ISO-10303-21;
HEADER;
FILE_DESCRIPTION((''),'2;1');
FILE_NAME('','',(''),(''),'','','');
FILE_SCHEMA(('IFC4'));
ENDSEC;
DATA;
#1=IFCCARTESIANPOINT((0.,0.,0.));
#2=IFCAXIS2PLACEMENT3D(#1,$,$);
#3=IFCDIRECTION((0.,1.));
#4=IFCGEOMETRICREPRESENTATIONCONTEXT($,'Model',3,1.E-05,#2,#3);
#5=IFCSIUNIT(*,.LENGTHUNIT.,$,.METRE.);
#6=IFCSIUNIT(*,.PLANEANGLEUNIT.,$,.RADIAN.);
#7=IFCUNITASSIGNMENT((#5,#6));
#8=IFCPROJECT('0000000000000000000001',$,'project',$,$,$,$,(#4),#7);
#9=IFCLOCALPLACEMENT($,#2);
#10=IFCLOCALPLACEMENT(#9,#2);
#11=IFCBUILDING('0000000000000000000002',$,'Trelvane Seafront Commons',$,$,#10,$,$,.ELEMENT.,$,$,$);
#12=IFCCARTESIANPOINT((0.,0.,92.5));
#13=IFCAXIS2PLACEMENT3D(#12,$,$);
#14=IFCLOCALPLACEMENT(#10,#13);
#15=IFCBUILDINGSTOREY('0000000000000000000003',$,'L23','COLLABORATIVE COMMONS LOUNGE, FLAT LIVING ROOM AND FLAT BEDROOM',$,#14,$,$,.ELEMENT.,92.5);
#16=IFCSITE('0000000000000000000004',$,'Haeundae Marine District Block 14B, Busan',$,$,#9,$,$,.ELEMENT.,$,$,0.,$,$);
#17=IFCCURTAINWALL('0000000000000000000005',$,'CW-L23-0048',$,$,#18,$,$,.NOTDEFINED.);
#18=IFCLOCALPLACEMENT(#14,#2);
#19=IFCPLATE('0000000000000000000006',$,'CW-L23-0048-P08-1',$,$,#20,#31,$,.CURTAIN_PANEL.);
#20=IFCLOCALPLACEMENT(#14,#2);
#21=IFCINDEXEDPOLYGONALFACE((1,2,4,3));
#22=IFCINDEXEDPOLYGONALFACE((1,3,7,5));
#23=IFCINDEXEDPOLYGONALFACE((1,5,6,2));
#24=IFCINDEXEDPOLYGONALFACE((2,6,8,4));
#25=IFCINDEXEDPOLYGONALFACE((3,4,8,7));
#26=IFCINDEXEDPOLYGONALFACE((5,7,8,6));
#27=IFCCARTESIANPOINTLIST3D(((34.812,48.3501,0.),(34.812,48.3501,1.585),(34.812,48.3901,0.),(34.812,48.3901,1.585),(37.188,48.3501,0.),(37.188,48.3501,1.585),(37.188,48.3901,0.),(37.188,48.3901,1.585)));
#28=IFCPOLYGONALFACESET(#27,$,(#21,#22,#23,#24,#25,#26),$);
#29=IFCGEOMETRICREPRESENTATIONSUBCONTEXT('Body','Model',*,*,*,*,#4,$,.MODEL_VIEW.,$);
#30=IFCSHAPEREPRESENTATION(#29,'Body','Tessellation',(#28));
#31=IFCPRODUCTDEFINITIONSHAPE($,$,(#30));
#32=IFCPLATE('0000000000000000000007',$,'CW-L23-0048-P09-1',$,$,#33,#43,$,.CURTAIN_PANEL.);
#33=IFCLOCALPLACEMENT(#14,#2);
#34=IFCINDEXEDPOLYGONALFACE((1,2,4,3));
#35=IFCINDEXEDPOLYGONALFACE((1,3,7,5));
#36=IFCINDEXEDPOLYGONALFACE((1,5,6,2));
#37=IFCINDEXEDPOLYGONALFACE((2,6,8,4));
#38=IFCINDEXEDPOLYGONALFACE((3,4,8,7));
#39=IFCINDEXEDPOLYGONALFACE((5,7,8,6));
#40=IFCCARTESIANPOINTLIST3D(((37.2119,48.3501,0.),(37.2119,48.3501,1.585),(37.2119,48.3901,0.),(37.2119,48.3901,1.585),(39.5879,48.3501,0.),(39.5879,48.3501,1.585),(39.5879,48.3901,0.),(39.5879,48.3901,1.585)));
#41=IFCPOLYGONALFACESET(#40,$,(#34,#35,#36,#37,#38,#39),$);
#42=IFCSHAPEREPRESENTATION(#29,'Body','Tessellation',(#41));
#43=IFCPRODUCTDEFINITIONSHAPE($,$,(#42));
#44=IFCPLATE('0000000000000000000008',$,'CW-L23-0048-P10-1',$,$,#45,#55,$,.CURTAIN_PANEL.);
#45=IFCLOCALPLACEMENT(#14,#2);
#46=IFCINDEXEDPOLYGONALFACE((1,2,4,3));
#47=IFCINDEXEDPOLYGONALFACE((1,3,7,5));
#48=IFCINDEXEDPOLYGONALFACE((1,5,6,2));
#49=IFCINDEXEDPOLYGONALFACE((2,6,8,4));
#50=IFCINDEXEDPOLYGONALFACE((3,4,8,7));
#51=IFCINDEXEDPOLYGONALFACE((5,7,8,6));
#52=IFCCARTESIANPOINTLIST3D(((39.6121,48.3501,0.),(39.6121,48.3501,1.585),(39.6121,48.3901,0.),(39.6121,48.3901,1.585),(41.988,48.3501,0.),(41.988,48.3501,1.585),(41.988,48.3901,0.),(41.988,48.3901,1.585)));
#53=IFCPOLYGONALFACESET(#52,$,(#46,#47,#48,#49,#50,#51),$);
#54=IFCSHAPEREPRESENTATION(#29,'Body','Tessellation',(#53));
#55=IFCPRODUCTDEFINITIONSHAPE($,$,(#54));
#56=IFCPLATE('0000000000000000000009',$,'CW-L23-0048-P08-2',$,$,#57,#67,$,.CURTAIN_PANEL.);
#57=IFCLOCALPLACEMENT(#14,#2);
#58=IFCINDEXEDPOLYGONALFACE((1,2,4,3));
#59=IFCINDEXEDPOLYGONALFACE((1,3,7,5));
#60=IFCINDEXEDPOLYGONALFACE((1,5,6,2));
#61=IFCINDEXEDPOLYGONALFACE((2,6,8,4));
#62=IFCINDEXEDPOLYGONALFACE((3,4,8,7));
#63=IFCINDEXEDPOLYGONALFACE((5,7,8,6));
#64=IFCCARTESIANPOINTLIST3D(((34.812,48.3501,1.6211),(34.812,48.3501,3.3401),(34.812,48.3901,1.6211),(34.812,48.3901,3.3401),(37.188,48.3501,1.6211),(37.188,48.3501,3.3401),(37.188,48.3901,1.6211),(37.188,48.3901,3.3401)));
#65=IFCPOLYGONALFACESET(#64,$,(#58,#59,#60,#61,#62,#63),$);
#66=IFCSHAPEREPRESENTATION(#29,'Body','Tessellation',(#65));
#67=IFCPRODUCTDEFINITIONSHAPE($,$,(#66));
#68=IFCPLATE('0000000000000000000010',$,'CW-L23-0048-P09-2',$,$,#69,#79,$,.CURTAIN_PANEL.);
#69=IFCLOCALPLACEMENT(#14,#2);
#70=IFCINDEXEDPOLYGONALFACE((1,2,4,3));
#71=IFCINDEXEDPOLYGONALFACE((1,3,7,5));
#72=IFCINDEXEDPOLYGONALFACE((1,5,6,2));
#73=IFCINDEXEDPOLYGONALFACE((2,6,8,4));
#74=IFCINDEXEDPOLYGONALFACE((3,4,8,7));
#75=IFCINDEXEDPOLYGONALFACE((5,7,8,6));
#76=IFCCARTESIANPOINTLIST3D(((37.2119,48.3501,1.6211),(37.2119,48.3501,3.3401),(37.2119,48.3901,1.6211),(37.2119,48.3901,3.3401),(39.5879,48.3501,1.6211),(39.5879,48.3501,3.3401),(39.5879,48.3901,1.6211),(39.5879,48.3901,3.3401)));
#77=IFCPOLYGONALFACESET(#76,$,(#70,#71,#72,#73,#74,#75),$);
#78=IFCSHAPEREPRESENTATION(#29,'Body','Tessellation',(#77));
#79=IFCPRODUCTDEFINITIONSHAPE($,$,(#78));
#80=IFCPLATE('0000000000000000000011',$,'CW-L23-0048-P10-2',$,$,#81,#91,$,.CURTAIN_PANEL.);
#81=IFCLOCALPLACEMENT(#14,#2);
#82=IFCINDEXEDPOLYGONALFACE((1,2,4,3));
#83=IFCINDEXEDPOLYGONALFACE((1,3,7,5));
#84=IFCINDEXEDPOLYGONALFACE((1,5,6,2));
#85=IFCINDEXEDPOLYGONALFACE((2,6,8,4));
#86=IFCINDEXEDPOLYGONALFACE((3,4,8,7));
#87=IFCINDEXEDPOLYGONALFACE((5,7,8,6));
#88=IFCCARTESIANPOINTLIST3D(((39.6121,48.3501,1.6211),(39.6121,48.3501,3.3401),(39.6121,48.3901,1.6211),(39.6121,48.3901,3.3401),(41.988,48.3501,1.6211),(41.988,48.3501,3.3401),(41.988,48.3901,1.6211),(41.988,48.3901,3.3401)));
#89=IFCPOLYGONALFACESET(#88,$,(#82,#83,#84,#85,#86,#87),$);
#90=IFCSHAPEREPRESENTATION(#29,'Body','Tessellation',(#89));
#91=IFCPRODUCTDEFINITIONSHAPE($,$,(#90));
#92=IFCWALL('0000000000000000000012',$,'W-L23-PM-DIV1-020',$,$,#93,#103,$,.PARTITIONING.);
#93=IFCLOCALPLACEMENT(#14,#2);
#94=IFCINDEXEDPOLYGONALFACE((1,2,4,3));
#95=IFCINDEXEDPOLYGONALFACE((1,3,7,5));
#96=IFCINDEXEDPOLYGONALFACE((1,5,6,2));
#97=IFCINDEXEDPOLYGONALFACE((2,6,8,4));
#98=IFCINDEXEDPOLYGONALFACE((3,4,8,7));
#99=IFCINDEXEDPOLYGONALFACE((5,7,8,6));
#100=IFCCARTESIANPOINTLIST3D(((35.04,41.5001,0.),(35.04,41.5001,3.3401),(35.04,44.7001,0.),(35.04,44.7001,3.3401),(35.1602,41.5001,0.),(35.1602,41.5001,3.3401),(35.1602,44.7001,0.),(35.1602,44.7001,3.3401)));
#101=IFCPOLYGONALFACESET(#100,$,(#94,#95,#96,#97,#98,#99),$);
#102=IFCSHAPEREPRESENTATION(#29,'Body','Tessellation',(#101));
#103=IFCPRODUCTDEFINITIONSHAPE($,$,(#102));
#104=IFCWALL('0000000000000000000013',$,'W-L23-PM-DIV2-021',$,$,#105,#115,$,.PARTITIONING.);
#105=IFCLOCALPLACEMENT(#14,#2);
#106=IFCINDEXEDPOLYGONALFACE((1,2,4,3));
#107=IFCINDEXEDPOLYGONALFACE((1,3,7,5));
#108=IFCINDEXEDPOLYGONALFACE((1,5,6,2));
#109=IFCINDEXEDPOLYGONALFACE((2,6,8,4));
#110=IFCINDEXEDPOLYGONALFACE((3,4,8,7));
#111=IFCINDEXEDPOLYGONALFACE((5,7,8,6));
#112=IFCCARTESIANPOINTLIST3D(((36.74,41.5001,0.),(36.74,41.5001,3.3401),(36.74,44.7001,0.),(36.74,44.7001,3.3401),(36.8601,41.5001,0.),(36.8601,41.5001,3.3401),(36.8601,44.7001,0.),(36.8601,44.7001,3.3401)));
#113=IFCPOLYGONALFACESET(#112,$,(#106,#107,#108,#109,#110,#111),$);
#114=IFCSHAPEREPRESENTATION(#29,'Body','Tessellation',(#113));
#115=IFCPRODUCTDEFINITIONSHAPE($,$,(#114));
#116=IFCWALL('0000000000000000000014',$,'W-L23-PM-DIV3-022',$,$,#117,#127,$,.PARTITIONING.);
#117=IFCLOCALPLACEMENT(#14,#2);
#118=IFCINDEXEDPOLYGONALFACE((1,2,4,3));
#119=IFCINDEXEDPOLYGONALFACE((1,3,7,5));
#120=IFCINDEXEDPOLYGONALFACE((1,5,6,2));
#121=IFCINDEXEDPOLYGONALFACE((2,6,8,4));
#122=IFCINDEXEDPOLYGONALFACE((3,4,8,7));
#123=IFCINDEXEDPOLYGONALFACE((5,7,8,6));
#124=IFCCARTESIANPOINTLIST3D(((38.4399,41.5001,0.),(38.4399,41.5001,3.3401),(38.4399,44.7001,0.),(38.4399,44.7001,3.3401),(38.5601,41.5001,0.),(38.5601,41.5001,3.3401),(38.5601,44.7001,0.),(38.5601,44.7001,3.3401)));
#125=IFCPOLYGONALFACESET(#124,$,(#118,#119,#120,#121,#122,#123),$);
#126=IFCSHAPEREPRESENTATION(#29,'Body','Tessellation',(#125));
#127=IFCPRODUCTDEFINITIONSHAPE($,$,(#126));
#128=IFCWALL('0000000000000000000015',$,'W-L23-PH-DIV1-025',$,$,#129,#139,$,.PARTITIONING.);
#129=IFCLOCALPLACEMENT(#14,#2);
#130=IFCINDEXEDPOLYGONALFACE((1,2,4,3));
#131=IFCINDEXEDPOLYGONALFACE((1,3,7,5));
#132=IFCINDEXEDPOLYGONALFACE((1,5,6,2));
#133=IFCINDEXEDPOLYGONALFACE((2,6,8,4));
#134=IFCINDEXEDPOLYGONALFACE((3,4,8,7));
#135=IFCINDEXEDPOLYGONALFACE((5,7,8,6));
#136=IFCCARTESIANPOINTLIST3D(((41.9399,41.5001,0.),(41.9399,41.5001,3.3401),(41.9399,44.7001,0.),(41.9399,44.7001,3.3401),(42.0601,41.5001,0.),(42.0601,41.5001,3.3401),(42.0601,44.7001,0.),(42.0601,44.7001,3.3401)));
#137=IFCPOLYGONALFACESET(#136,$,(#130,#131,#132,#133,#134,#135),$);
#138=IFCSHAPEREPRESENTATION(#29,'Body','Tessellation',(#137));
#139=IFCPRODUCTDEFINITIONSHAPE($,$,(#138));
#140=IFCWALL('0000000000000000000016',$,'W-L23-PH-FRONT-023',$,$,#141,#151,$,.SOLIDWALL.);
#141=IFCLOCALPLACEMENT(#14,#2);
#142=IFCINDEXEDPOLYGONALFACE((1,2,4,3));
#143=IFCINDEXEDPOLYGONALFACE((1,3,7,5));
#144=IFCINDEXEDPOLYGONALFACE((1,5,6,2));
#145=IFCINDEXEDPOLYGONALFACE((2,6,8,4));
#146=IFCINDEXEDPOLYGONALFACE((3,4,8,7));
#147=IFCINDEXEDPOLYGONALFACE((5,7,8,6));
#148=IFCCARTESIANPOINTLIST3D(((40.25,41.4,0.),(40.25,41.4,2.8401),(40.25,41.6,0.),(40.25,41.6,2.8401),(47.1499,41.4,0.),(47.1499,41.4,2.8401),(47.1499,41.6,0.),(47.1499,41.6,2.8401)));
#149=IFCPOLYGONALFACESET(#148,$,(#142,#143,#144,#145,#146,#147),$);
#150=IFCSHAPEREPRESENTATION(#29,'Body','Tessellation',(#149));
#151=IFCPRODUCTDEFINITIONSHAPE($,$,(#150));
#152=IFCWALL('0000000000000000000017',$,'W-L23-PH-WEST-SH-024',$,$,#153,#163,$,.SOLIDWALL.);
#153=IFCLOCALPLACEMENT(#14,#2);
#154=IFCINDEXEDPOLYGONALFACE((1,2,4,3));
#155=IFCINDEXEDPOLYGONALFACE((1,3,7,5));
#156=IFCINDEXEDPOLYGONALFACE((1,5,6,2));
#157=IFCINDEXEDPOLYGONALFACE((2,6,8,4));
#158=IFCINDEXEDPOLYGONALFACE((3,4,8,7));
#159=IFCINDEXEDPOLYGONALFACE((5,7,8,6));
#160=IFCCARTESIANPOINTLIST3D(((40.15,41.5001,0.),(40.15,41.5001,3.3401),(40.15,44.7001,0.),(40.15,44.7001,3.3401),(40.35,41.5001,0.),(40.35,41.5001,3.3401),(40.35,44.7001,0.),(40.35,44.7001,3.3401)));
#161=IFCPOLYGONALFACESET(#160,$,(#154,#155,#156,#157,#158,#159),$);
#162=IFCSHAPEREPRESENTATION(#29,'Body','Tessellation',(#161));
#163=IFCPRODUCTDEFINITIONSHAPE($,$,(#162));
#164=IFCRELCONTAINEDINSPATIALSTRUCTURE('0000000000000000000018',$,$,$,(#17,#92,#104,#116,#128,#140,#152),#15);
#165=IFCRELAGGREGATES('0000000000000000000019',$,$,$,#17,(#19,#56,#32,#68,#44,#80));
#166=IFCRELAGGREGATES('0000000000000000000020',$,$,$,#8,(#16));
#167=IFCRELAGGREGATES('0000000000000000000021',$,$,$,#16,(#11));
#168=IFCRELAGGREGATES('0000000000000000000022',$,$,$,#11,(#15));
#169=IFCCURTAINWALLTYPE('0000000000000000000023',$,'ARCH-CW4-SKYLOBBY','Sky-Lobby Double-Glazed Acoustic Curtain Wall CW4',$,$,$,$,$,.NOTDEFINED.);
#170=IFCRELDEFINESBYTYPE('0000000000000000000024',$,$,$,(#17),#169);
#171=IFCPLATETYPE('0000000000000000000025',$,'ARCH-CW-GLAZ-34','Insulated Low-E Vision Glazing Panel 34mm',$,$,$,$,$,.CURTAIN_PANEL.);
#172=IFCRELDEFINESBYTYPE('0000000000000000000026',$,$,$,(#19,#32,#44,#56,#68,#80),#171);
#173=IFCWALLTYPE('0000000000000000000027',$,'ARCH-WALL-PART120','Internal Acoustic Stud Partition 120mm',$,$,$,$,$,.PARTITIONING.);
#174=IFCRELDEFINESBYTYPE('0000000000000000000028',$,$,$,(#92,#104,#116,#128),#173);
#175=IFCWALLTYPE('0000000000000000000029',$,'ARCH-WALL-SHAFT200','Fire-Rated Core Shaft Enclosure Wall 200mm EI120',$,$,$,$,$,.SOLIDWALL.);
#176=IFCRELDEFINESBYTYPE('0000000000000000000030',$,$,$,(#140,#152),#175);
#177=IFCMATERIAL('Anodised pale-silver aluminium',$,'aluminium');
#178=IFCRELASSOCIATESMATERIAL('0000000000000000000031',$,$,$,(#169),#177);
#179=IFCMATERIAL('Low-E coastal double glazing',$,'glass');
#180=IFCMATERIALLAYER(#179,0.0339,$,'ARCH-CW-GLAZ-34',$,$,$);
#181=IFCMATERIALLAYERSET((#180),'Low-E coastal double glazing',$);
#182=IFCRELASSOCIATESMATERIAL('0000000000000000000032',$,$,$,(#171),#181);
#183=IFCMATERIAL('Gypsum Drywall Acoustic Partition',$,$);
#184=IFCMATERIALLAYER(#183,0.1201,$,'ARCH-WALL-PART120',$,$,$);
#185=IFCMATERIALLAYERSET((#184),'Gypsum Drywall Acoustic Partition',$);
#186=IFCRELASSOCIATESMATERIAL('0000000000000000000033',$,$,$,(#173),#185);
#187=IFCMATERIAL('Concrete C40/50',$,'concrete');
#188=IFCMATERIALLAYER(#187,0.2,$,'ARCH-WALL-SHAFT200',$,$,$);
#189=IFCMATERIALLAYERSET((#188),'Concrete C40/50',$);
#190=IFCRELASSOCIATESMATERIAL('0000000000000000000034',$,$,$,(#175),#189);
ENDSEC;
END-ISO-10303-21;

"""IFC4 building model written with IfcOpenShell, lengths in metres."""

from ifc_helpers import new_model, si_unit, direction, frame, frame_2d, origin, origin_2d, place, context, subcontext, project, spatial, rectangle, extrude, source, transform, mapped, material, layer, layer_set, type_object, element, aggregate, save


model = new_model("IFC4")

# Units and contexts
model_context = context("Model", 3, precision=1e-05, world=origin(), true_north=direction((0.0, 1.0)))
body_context = subcontext(model_context, "Body", "Model", "MODEL_VIEW")
ifc_project = project(units=[si_unit("LENGTHUNIT", "METRE"), si_unit("PLANEANGLEUNIT", "RADIAN")], contexts=[model_context])

# Site, building, storey
site_placement = place(None, origin())
site = spatial("IfcSite", under=ifc_project, at=site_placement, Name="Haeundae Marine District Block 14B, Busan", CompositionType="ELEMENT", RefElevation=0.0)
building_placement = place(site_placement, origin())
building = spatial("IfcBuilding", under=site, at=building_placement, Name="Trelvane Seafront Commons", CompositionType="ELEMENT")
storey_placement = place(building_placement, frame((0.0, 0.0, 92.5)))
storey = spatial("IfcBuildingStorey", under=building, at=storey_placement, Name="L23", Description="COLLABORATIVE COMMONS LOUNGE, FLAT LIVING ROOM AND FLAT BEDROOM", CompositionType="ELEMENT", Elevation=92.5)

# Curtain wall
ifc_material_1 = material(Name="Anodised pale-silver aluminium", Category="aluminium")
curtain_wall_type = type_object("IfcCurtainWallType", Name="ARCH-CW4-SKYLOBBY", Description="Sky-Lobby Double-Glazed Acoustic Curtain Wall CW4", PredefinedType="NOTDEFINED", material=ifc_material_1)
curtain_wall_placement = place(storey_placement, origin())
curtain_wall = element("IfcCurtainWall", 1, at=curtain_wall_placement, inside=storey, type_object=curtain_wall_type, Name="CW-L23-0048", PredefinedType="NOTDEFINED")

# Plates
ifc_material_2 = material(Name="Low-E coastal double glazing", Category="glass")
ifc_layer_1 = layer(ifc_material_2, 0.0339, Name="ARCH-CW-GLAZ-34")
ifc_layer_set_1 = layer_set([ifc_layer_1], Name="Low-E coastal double glazing")
plate_type_1 = type_object("IfcPlateType", Name="ARCH-CW-GLAZ-34", Description="Insulated Low-E Vision Glazing Panel 34mm", PredefinedType="CURTAIN_PANEL", material=ifc_layer_set_1)
shared_shape_1 = source(origin(), body_context, "Body", "SweptSolid", [
    extrude(rectangle(XDim=2.376, YDim=0.04, at=origin_2d()), origin(), (0.0, 0.0, 1.0), 1.585),
])
plate_1_placement = place(storey_placement, frame((36.0, 48.3701, 0.0), z_axis=(0.0, 0.0, 1.0), x_axis=(1.0, 0.0, 0.0)))
plate_1 = element("IfcPlate", 2, at=plate_1_placement, type_object=plate_type_1, Name="CW-L23-0048-P08-1", PredefinedType="CURTAIN_PANEL", context=body_context, shape_type="MappedRepresentation", body=[
    mapped(shared_shape_1, transform((0.0, 0.0, 0.0), x_axis=(1.0, 0.0, 0.0), y_axis=(0.0, 1.0, 0.0), z_axis=(0.0, 0.0, 1.0), scale=1.0)),
])
plate_2_placement = place(storey_placement, frame((38.3999, 48.3701, 0.0), z_axis=(0.0, 0.0, 1.0), x_axis=(1.0, 0.0, 0.0)))
plate_2 = element("IfcPlate", 3, at=plate_2_placement, type_object=plate_type_1, Name="CW-L23-0048-P09-1", PredefinedType="CURTAIN_PANEL", context=body_context, shape_type="MappedRepresentation", body=[
    mapped(shared_shape_1, transform((0.0, 0.0, 0.0), x_axis=(1.0, 0.0, 0.0), y_axis=(0.0, 1.0, 0.0), z_axis=(0.0, 0.0, 1.0), scale=1.0)),
])
plate_3_placement = place(storey_placement, frame((40.8, 48.3701, 0.0), z_axis=(0.0, 0.0, 1.0), x_axis=(1.0, 0.0, 0.0)))
plate_3 = element("IfcPlate", 4, at=plate_3_placement, type_object=plate_type_1, Name="CW-L23-0048-P10-1", PredefinedType="CURTAIN_PANEL", context=body_context, shape_type="MappedRepresentation", body=[
    mapped(shared_shape_1, transform((0.0, 0.0, 0.0), x_axis=(1.0, 0.0, 0.0), y_axis=(0.0, 1.0, 0.0), z_axis=(0.0, 0.0, 1.0), scale=1.0)),
])
shared_shape_2 = source(origin(), body_context, "Body", "SweptSolid", [
    extrude(rectangle(XDim=2.376, YDim=0.04, at=origin_2d()), origin(), (0.0, 0.0, 1.0), 1.719),
])
plate_4_placement = place(storey_placement, frame((36.0, 48.3701, 1.6211), z_axis=(0.0, 0.0, 1.0), x_axis=(1.0, 0.0, 0.0)))
plate_4 = element("IfcPlate", 5, at=plate_4_placement, type_object=plate_type_1, Name="CW-L23-0048-P08-2", PredefinedType="CURTAIN_PANEL", context=body_context, shape_type="MappedRepresentation", body=[
    mapped(shared_shape_2, transform((0.0, 0.0, 0.0), x_axis=(1.0, 0.0, 0.0), y_axis=(0.0, 1.0, 0.0), z_axis=(0.0, 0.0, 1.0), scale=1.0)),
])
plate_5_placement = place(storey_placement, frame((38.3999, 48.3701, 1.6211), z_axis=(0.0, 0.0, 1.0), x_axis=(1.0, 0.0, 0.0)))
plate_5 = element("IfcPlate", 6, at=plate_5_placement, type_object=plate_type_1, Name="CW-L23-0048-P09-2", PredefinedType="CURTAIN_PANEL", context=body_context, shape_type="MappedRepresentation", body=[
    mapped(shared_shape_2, transform((0.0, 0.0, 0.0), x_axis=(1.0, 0.0, 0.0), y_axis=(0.0, 1.0, 0.0), z_axis=(0.0, 0.0, 1.0), scale=1.0)),
])
plate_6_placement = place(storey_placement, frame((40.8, 48.3701, 1.6211), z_axis=(0.0, 0.0, 1.0), x_axis=(1.0, 0.0, 0.0)))
plate_6 = element("IfcPlate", 7, at=plate_6_placement, type_object=plate_type_1, Name="CW-L23-0048-P10-2", PredefinedType="CURTAIN_PANEL", context=body_context, shape_type="MappedRepresentation", body=[
    mapped(shared_shape_2, transform((0.0, 0.0, 0.0), x_axis=(1.0, 0.0, 0.0), y_axis=(0.0, 1.0, 0.0), z_axis=(0.0, 0.0, 1.0), scale=1.0)),
])
aggregate(curtain_wall, [plate_1, plate_4, plate_2, plate_5, plate_3, plate_6])

# Walls
ifc_material_3 = material(Name="Gypsum Drywall Acoustic Partition")
ifc_layer_2 = layer(ifc_material_3, 0.1201, Name="ARCH-WALL-PART120")
ifc_layer_set_2 = layer_set([ifc_layer_2], Name="Gypsum Drywall Acoustic Partition")
wall_type_1 = type_object("IfcWallType", Name="ARCH-WALL-PART120", Description="Internal Acoustic Stud Partition 120mm", PredefinedType="PARTITIONING", material=ifc_layer_set_2)
for number, where, z_axis, x_axis, name in (
    (8, (35.1001, 41.5, 0.0), (0.0, 0.0, 1.0), (0.0, 1.0, 0.0), "W-L23-PM-DIV1-020"),
    (9, (36.8, 41.5, 0.0), (0.0, 0.0, 1.0), (0.0, 1.0, 0.0), "W-L23-PM-DIV2-021"),
    (10, (38.5, 41.5, 0.0), (0.0, 0.0, 1.0), (0.0, 1.0, 0.0), "W-L23-PM-DIV3-022"),
    (11, (42.0, 41.5, 0.0), (0.0, 0.0, 1.0), (0.0, 1.0, 0.0), "W-L23-PH-DIV1-025"),
):
    element("IfcWall", number, at=place(storey_placement, frame(where, z_axis=z_axis, x_axis=x_axis)), inside=storey, type_object=wall_type_1, Name=name, PredefinedType="PARTITIONING", context=body_context, shape_type="SweptSolid", body=[
        extrude(rectangle(XDim=3.2, YDim=0.1201, at=frame_2d((1.6001, 0.0))), origin(), (0.0, 0.0, 1.0), 3.3401),
    ])

# Walls
ifc_material_4 = material(Name="Concrete C40/50", Category="concrete")
ifc_layer_3 = layer(ifc_material_4, 0.2, Name="ARCH-WALL-SHAFT200")
ifc_layer_set_3 = layer_set([ifc_layer_3], Name="Concrete C40/50")
wall_type_2 = type_object("IfcWallType", Name="ARCH-WALL-SHAFT200", Description="Fire-Rated Core Shaft Enclosure Wall 200mm EI120", PredefinedType="SOLIDWALL", material=ifc_layer_set_3)
wall_1_placement = place(storey_placement, frame((40.25, 41.5, 0.0), z_axis=(0.0, 0.0, 1.0), x_axis=(1.0, 0.0, 0.0)))
element("IfcWall", 12, at=wall_1_placement, inside=storey, type_object=wall_type_2, Name="W-L23-PH-FRONT-023", PredefinedType="SOLIDWALL", context=body_context, shape_type="SweptSolid", body=[
    extrude(rectangle(XDim=6.8999, YDim=0.2, at=frame_2d((3.45, 0.0))), origin(), (0.0, 0.0, 1.0), 2.8401),
])
wall_2_placement = place(storey_placement, frame((40.25, 41.5, 0.0), z_axis=(0.0, 0.0, 1.0), x_axis=(0.0, 1.0, 0.0)))
element("IfcWall", 13, at=wall_2_placement, inside=storey, type_object=wall_type_2, Name="W-L23-PH-WEST-SH-024", PredefinedType="SOLIDWALL", context=body_context, shape_type="SweptSolid", body=[
    extrude(rectangle(XDim=3.2, YDim=0.2, at=frame_2d((1.6001, 0.0))), origin(), (0.0, 0.0, 1.0), 3.3401),
])

save(model, "model.ifc")
